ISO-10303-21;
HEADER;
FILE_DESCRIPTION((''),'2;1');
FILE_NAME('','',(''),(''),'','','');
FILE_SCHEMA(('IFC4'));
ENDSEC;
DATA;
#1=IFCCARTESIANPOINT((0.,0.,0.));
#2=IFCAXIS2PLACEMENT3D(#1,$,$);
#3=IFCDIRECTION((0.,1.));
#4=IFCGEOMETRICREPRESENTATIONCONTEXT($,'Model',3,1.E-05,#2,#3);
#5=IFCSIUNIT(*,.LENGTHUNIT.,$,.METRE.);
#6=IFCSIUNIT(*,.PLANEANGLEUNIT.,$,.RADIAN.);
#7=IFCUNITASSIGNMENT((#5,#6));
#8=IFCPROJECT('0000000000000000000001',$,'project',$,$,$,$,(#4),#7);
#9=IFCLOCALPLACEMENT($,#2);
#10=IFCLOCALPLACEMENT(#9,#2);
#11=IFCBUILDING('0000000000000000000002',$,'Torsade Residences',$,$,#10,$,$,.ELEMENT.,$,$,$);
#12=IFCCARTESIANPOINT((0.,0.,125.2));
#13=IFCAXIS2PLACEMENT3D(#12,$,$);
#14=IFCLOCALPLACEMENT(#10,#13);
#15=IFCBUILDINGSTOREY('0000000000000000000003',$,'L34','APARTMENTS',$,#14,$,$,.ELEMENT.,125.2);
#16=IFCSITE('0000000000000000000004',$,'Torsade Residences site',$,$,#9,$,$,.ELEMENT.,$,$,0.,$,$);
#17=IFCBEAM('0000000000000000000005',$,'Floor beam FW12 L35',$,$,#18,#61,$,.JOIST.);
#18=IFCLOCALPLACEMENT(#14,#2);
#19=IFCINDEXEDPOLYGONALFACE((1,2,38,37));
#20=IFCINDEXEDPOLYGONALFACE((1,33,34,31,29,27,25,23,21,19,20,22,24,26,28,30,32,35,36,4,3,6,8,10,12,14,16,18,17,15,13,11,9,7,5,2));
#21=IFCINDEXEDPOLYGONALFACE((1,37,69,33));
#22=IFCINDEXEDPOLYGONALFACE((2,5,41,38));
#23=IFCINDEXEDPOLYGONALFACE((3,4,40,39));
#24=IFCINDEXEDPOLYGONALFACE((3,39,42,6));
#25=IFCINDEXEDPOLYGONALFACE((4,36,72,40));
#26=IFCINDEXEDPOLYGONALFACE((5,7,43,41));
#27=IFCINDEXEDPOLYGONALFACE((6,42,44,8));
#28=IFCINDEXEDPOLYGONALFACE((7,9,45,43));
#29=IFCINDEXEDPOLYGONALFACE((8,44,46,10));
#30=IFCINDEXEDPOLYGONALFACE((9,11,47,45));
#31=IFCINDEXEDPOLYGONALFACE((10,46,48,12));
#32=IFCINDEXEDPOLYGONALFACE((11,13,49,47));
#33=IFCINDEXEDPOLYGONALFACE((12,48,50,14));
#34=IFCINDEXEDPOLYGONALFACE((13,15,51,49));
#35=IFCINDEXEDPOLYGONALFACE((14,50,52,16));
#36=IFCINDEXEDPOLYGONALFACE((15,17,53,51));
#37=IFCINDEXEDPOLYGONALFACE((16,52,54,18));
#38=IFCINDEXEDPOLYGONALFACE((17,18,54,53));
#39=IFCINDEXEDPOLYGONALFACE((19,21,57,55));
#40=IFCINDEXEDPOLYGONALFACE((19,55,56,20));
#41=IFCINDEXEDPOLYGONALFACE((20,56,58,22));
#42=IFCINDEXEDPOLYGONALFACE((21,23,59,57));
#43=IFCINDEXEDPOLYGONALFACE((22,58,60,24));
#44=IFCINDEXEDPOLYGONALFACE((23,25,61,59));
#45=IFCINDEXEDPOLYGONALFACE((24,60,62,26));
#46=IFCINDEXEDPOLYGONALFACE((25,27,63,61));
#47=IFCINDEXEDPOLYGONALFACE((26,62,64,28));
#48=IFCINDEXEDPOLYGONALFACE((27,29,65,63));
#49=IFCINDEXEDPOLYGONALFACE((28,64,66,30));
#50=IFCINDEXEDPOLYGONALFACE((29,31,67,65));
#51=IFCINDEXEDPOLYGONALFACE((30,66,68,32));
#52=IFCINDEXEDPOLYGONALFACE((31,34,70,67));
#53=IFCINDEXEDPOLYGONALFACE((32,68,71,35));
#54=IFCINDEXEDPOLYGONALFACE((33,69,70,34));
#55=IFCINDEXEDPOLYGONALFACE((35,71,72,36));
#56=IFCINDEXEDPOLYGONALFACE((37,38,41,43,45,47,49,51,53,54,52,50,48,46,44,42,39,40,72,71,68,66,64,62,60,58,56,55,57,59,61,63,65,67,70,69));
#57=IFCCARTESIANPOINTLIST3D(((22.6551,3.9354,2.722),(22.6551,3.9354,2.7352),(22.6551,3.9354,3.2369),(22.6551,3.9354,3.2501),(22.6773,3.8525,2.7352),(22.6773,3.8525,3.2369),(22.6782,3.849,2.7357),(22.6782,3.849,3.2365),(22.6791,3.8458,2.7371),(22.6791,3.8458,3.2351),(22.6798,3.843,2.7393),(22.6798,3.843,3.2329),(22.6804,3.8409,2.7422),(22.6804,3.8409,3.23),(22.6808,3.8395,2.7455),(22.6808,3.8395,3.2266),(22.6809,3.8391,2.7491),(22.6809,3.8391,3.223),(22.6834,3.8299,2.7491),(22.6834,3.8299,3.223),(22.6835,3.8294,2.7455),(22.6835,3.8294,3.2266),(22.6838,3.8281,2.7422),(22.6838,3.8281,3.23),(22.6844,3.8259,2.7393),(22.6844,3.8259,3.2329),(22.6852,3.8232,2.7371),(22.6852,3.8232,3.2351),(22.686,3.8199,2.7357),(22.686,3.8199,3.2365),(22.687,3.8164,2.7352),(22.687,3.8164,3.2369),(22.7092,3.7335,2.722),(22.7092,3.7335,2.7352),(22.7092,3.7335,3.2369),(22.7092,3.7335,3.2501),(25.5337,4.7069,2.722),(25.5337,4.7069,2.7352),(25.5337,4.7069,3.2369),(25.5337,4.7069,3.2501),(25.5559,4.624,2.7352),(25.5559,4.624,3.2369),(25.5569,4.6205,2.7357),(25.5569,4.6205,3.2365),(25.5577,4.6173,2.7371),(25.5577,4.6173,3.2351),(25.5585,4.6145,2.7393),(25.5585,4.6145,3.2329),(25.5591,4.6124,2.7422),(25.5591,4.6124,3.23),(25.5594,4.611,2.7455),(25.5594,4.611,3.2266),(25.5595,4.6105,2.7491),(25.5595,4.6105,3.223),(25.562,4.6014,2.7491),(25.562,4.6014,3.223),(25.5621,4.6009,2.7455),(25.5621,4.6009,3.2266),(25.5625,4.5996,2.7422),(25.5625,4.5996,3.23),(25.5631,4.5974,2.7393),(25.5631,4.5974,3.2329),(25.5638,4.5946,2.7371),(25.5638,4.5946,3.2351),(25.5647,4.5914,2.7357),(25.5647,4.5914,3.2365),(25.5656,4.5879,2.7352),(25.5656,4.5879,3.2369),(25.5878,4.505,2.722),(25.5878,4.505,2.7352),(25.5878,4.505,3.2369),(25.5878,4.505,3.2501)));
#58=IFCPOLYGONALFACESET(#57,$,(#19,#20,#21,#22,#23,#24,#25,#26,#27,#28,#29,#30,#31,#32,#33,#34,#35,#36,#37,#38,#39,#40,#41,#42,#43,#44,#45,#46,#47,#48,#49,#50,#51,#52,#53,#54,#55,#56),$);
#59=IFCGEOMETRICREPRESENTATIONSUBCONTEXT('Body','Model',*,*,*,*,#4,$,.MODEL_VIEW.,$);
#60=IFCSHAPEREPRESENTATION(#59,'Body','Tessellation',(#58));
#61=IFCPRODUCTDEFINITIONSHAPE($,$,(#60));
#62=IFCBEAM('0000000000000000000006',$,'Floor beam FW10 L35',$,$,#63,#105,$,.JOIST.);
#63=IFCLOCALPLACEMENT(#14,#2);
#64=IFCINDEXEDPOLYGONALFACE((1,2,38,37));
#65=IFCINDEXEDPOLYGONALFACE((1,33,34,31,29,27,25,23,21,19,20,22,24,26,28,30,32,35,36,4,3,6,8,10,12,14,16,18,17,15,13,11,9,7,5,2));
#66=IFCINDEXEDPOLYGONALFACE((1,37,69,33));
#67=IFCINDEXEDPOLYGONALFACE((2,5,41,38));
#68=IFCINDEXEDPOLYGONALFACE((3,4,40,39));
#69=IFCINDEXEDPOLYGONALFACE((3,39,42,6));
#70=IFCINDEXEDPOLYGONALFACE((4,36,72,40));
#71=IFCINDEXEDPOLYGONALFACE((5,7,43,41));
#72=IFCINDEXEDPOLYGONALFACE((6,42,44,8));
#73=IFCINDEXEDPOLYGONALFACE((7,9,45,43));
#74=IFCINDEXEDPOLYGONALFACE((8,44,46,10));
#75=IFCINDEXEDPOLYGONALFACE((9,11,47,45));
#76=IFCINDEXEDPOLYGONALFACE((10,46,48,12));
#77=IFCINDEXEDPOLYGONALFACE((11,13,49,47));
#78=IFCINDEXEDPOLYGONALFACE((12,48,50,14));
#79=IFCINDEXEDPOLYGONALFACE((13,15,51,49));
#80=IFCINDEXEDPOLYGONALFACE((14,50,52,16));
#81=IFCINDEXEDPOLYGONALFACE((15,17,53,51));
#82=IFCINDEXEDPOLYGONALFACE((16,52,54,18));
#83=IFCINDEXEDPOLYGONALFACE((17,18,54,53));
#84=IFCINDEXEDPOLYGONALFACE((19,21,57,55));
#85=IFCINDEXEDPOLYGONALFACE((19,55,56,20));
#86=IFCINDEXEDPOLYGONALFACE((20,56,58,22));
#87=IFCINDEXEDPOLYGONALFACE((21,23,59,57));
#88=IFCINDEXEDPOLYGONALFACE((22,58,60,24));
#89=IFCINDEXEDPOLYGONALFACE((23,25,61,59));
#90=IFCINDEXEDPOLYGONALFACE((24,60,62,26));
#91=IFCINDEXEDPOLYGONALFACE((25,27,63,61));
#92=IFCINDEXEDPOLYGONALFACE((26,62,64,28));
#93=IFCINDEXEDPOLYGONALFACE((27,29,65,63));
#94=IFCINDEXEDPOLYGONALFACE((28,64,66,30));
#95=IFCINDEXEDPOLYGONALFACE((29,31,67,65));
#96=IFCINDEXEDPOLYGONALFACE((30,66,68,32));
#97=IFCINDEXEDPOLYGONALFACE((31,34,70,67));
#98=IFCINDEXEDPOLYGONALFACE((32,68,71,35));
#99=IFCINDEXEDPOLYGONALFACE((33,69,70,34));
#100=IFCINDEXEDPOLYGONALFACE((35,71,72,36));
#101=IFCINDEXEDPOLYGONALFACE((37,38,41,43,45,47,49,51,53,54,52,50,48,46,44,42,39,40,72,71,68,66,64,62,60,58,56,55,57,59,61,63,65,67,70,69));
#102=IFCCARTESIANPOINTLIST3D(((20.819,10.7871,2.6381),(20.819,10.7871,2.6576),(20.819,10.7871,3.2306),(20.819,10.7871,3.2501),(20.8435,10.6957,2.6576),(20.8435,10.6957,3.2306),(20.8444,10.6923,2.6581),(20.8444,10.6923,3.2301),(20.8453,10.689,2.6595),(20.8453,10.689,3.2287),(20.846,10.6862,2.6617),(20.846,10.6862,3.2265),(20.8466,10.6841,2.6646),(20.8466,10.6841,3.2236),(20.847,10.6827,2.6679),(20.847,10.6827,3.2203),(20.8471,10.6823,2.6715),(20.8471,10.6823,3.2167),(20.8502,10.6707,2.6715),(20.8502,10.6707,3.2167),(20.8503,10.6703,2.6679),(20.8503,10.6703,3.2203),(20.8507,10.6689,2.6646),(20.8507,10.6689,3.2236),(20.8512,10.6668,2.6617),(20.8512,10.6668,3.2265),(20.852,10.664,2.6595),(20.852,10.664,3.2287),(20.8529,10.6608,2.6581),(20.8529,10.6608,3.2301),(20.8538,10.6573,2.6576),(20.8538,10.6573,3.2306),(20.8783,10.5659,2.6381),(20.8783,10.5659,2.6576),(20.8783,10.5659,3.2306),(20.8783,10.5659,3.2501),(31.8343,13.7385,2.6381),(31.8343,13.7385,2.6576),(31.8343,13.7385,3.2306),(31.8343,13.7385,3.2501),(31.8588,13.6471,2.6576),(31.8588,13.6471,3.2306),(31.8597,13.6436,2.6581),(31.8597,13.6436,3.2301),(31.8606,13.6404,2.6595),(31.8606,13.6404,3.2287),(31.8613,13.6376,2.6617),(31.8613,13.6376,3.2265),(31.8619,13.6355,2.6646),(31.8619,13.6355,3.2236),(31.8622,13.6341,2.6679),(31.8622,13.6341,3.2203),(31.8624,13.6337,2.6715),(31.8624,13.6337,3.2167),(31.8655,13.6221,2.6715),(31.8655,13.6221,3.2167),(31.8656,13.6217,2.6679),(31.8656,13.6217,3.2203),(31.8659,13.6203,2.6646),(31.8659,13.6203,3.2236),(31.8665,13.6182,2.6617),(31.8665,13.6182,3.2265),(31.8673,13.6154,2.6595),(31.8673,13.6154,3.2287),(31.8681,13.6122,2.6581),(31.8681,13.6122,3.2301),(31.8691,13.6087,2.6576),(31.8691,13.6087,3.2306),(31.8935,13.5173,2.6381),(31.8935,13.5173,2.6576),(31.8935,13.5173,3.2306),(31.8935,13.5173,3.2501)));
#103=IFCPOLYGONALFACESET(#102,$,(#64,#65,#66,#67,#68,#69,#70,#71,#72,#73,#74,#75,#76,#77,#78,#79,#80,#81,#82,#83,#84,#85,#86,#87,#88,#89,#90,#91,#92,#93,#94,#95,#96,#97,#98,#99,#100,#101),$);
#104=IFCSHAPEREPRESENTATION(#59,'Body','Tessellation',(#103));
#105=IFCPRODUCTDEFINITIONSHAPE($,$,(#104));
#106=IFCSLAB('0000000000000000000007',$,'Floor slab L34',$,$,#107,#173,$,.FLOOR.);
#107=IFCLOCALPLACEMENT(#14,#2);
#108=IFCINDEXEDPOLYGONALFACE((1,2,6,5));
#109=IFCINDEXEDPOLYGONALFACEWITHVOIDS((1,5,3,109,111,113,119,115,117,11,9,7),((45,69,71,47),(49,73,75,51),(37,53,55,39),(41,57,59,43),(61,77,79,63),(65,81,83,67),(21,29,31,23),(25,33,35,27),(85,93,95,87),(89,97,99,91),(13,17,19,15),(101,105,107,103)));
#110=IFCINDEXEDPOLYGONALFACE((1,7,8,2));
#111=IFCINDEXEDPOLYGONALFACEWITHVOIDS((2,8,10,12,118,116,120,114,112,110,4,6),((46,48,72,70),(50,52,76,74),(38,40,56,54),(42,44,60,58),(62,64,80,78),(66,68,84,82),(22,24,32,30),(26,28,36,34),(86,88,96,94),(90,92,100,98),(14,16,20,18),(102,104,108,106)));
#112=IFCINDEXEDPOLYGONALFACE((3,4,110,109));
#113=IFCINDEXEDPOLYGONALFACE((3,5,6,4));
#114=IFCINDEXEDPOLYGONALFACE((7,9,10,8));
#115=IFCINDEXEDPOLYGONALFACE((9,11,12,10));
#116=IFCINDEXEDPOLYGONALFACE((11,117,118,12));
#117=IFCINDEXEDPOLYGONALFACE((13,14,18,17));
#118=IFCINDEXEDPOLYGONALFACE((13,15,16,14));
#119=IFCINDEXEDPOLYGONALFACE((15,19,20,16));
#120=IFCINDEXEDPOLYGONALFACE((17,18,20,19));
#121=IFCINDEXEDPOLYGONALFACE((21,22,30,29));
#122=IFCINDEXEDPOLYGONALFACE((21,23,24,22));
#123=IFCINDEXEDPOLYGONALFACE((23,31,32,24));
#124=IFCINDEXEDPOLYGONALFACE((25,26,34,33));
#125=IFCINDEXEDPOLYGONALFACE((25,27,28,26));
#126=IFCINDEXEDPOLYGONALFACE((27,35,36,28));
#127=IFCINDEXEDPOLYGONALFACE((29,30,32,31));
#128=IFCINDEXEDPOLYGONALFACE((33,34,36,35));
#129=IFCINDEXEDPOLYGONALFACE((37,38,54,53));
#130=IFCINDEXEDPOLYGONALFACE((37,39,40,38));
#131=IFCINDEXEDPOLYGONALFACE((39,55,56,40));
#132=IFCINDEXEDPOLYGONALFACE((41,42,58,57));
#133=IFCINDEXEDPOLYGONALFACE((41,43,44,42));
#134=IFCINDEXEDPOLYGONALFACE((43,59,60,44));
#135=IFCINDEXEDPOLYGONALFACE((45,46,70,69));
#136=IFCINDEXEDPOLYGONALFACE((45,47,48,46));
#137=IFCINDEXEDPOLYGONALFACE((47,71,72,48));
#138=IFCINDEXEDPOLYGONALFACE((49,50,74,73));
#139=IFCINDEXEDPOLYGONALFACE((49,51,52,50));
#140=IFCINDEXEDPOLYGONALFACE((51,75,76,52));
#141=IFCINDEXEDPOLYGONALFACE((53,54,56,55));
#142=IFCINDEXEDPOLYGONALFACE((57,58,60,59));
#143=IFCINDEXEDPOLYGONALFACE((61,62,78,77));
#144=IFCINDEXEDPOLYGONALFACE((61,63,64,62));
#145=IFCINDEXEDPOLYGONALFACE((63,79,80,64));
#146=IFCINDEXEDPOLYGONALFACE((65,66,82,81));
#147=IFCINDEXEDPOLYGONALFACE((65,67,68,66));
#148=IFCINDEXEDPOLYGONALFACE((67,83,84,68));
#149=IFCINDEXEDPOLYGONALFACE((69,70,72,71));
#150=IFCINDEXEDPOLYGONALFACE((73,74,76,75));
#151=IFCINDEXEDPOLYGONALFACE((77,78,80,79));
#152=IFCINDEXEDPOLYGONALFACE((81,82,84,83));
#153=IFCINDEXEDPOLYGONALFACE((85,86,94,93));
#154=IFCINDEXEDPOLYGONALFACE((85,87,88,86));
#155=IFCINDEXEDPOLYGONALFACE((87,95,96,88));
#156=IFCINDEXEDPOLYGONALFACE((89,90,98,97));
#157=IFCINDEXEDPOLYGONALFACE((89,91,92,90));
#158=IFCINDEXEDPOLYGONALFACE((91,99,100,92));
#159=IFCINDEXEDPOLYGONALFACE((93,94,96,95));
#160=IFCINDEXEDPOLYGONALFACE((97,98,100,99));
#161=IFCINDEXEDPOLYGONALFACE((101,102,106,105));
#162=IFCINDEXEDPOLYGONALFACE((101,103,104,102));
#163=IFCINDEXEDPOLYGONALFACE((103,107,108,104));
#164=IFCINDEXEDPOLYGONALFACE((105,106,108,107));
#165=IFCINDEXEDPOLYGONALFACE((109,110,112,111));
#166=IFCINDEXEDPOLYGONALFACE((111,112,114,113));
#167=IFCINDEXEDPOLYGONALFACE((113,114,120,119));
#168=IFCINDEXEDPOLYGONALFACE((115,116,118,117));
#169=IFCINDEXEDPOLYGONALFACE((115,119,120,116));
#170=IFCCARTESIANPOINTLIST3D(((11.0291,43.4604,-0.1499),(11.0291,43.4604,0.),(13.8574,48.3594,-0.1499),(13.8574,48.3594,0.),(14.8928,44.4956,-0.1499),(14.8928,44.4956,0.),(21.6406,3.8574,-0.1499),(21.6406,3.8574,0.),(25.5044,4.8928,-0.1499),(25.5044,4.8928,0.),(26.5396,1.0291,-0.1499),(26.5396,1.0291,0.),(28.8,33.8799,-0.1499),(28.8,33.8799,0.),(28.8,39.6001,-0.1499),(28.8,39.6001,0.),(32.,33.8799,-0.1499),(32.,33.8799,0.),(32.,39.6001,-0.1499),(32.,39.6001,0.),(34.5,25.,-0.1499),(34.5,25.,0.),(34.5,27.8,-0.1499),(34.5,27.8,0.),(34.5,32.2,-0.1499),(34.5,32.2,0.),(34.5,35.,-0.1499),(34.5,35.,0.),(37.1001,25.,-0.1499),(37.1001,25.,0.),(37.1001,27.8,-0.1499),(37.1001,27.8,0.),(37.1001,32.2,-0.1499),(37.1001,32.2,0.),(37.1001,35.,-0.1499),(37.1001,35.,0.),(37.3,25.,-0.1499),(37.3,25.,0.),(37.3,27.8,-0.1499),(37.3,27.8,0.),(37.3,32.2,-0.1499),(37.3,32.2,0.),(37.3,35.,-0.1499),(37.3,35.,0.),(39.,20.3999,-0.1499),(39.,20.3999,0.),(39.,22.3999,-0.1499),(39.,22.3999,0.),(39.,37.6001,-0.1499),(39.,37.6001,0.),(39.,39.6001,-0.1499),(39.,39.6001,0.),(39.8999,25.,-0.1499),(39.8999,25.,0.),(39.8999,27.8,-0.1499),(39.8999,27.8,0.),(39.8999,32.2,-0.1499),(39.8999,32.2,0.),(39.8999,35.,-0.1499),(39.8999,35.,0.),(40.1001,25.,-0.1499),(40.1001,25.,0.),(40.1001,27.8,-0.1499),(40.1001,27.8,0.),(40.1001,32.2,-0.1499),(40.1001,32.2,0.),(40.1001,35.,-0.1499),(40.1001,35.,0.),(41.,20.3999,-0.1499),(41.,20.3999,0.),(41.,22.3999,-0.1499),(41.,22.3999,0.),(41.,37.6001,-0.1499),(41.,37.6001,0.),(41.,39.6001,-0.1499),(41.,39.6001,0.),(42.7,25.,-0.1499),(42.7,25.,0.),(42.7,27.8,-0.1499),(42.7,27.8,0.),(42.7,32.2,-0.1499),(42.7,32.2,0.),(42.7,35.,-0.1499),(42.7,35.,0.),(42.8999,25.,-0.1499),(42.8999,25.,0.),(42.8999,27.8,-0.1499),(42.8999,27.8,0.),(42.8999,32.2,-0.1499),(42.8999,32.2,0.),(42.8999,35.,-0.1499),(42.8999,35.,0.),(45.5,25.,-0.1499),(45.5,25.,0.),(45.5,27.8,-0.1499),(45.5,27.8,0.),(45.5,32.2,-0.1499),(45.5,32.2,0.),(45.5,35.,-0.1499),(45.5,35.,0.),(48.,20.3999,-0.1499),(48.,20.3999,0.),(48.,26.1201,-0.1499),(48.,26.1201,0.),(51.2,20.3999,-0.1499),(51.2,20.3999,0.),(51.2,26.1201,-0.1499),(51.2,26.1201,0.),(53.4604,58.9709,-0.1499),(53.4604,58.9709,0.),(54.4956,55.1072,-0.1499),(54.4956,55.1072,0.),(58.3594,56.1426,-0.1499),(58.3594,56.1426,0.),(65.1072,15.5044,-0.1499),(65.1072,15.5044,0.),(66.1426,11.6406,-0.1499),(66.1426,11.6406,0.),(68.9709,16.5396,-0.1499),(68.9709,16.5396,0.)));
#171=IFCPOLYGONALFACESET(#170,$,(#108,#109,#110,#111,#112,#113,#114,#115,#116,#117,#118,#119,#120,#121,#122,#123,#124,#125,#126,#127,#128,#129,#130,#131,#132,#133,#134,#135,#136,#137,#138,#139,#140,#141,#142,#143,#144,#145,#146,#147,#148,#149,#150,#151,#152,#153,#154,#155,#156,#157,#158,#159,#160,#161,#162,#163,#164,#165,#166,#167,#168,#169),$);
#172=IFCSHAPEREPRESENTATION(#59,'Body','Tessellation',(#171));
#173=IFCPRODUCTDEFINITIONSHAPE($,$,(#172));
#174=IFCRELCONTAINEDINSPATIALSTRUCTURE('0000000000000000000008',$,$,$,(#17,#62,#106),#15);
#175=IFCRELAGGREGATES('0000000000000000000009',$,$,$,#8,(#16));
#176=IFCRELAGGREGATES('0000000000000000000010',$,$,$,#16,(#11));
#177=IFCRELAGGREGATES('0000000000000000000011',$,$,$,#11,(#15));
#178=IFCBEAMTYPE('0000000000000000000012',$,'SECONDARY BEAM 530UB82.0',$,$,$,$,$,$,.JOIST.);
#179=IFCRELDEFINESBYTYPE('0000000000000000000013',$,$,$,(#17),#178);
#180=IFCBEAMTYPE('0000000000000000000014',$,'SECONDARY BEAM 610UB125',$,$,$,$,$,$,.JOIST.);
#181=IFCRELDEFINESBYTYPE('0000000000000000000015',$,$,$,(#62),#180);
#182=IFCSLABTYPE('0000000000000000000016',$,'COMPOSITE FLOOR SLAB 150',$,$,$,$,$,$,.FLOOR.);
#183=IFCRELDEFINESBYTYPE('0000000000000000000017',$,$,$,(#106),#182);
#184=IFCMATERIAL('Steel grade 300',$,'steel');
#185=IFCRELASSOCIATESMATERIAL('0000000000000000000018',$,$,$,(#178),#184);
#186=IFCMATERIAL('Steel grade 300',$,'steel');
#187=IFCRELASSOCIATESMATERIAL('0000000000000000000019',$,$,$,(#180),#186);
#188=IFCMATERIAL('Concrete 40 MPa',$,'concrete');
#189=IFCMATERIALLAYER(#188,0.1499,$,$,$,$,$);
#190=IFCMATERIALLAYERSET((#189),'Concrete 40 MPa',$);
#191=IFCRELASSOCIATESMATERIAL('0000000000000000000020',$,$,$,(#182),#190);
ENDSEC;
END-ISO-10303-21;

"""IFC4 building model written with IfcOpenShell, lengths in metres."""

from ifc_helpers import new_model, si_unit, direction, frame, origin, origin_2d, place, context, subcontext, project, spatial, polyline, i_section, outline, extrude, material, layer, layer_set, material_profile, profile_set, type_object, element, save


model = new_model("IFC4")

# Units and contexts
model_context = context("Model", 3, precision=1e-05, world=origin(), true_north=direction((0.0, 1.0)))
body_context = subcontext(model_context, "Body", "Model", "MODEL_VIEW")
ifc_project = project(units=[si_unit("LENGTHUNIT", "METRE"), si_unit("PLANEANGLEUNIT", "RADIAN")], contexts=[model_context])

# Site, building, storey
site_placement = place(None, origin())
site = spatial("IfcSite", under=ifc_project, at=site_placement, Name="Torsade Residences site", CompositionType="ELEMENT", RefElevation=0.0)
building_placement = place(site_placement, origin())
building = spatial("IfcBuilding", under=site, at=building_placement, Name="Torsade Residences", CompositionType="ELEMENT")
storey_placement = place(building_placement, frame((0.0, 0.0, 125.2)))
storey = spatial("IfcBuildingStorey", under=building, at=storey_placement, Name="L34", Description="APARTMENTS", CompositionType="ELEMENT", Elevation=125.2)

# Beams
ifc_material_1 = material(Name="Steel grade 300", Category="steel")
ifc_material_profile_1 = material_profile(ifc_material_1, i_section(OverallWidth=0.209, OverallDepth=0.5281, WebThickness=0.0095, FlangeThickness=0.0132, FilletRadius=0.0139, at=origin_2d()), Name="530UB82.0")
ifc_profile_set_1 = profile_set([ifc_material_profile_1], Name="Steel grade 300")
beam_type_1 = type_object("IfcBeamType", Name="SECONDARY BEAM 530UB82.0", PredefinedType="JOIST", material=ifc_profile_set_1)
beam_1_placement = place(storey_placement, frame((22.6821, 3.8345, 2.9861), z_axis=(0.965913, 0.258866, 0.0), x_axis=(-0.258866, 0.965913, 0.0)))
element("IfcBeam", 1, at=beam_1_placement, inside=storey, type_object=beam_type_1, Name="Floor beam FW12 L35", PredefinedType="JOIST", context=body_context, shape_type="SweptSolid", body=[
    extrude(i_section(OverallWidth=0.209, OverallDepth=0.5281, WebThickness=0.0095, FlangeThickness=0.0132, FilletRadius=0.0139, at=origin_2d()), origin(), (0.0, 0.0, 1.0), 2.9802),
])
ifc_material_2 = material(Name="Steel grade 300", Category="steel")
ifc_material_profile_2 = material_profile(ifc_material_2, i_section(OverallWidth=0.229, OverallDepth=0.6121, WebThickness=0.012, FlangeThickness=0.0195, FilletRadius=0.0139, at=origin_2d()), Name="610UB125")
ifc_profile_set_2 = profile_set([ifc_material_profile_2], Name="Steel grade 300")
beam_type_2 = type_object("IfcBeamType", Name="SECONDARY BEAM 610UB125", PredefinedType="JOIST", material=ifc_profile_set_2)
beam_2_placement = place(storey_placement, frame((20.8486, 10.6765, 2.9441), z_axis=(0.965929, 0.258807, 0.0), x_axis=(-0.258807, 0.965929, 0.0)))
element("IfcBeam", 2, at=beam_2_placement, inside=storey, type_object=beam_type_2, Name="Floor beam FW10 L35", PredefinedType="JOIST", context=body_context, shape_type="SweptSolid", body=[
    extrude(i_section(OverallWidth=0.229, OverallDepth=0.6121, WebThickness=0.012, FlangeThickness=0.0195, FilletRadius=0.0139, at=origin_2d()), origin(), (0.0, 0.0, 1.0), 11.4038),
])

# Slab
ifc_material_3 = material(Name="Concrete 40 MPa", Category="concrete")
ifc_layer_1 = layer(ifc_material_3, 0.1499)
ifc_layer_set_1 = layer_set([ifc_layer_1], Name="Concrete 40 MPa")
slab_type_1 = type_object("IfcSlabType", Name="COMPOSITE FLOOR SLAB 150", PredefinedType="FLOOR", material=ifc_layer_set_1)
slab_1_placement = place(storey_placement, frame((0.0, 0.0, -0.1499)))
element("IfcSlab", 3, at=slab_1_placement, inside=storey, type_object=slab_type_1, Name="Floor slab L34", PredefinedType="FLOOR", context=body_context, shape_type="SweptSolid", body=[
    extrude(outline(polyline([(26.5396, 1.0291), (66.1426, 11.6406), (65.1072, 15.5044), (68.9709, 16.5396), (58.3594, 56.1426), (54.4956, 55.1072), (53.4604, 58.9709), (13.8574, 48.3594), (14.8928, 44.4956), (11.0291, 43.4604), (21.6406, 3.8574), (25.5044, 4.8928), (26.5396, 1.0291)]), holes=[polyline([(51.2, 20.3999), (51.2, 26.1201), (48.0, 26.1201), (48.0, 20.3999), (51.2, 20.3999)]), polyline([(45.5, 27.8), (42.8999, 27.8), (42.8999, 25.0), (45.5, 25.0), (45.5, 27.8)]), polyline([(45.5, 32.2), (45.5, 35.0), (42.8999, 35.0), (42.8999, 32.2), (45.5, 32.2)]), polyline([(42.7, 25.0), (42.7, 27.8), (40.1001, 27.8), (40.1001, 25.0), (42.7, 25.0)]), polyline([(42.7, 32.2), (42.7, 35.0), (40.1001, 35.0), (40.1001, 32.2), (42.7, 32.2)]), polyline([(41.0, 22.3999), (39.0, 22.3999), (39.0, 20.3999), (41.0, 20.3999), (41.0, 22.3999)]), polyline([(41.0, 37.6001), (41.0, 39.6001), (39.0, 39.6001), (39.0, 37.6001), (41.0, 37.6001)]), polyline([(39.8999, 25.0), (39.8999, 27.8), (37.3, 27.8), (37.3, 25.0), (39.8999, 25.0)]), polyline([(39.8999, 35.0), (37.3, 35.0), (37.3, 32.2), (39.8999, 32.2), (39.8999, 35.0)]), polyline([(37.1001, 27.8), (34.5, 27.8), (34.5, 25.0), (37.1001, 25.0), (37.1001, 27.8)]), polyline([(37.1001, 32.2), (37.1001, 35.0), (34.5, 35.0), (34.5, 32.2), (37.1001, 32.2)]), polyline([(32.0, 33.8799), (32.0, 39.6001), (28.8, 39.6001), (28.8, 33.8799), (32.0, 33.8799)])]), origin(), (0.0, 0.0, 1.0), 0.1499),
])

save(model, "model.ifc")
